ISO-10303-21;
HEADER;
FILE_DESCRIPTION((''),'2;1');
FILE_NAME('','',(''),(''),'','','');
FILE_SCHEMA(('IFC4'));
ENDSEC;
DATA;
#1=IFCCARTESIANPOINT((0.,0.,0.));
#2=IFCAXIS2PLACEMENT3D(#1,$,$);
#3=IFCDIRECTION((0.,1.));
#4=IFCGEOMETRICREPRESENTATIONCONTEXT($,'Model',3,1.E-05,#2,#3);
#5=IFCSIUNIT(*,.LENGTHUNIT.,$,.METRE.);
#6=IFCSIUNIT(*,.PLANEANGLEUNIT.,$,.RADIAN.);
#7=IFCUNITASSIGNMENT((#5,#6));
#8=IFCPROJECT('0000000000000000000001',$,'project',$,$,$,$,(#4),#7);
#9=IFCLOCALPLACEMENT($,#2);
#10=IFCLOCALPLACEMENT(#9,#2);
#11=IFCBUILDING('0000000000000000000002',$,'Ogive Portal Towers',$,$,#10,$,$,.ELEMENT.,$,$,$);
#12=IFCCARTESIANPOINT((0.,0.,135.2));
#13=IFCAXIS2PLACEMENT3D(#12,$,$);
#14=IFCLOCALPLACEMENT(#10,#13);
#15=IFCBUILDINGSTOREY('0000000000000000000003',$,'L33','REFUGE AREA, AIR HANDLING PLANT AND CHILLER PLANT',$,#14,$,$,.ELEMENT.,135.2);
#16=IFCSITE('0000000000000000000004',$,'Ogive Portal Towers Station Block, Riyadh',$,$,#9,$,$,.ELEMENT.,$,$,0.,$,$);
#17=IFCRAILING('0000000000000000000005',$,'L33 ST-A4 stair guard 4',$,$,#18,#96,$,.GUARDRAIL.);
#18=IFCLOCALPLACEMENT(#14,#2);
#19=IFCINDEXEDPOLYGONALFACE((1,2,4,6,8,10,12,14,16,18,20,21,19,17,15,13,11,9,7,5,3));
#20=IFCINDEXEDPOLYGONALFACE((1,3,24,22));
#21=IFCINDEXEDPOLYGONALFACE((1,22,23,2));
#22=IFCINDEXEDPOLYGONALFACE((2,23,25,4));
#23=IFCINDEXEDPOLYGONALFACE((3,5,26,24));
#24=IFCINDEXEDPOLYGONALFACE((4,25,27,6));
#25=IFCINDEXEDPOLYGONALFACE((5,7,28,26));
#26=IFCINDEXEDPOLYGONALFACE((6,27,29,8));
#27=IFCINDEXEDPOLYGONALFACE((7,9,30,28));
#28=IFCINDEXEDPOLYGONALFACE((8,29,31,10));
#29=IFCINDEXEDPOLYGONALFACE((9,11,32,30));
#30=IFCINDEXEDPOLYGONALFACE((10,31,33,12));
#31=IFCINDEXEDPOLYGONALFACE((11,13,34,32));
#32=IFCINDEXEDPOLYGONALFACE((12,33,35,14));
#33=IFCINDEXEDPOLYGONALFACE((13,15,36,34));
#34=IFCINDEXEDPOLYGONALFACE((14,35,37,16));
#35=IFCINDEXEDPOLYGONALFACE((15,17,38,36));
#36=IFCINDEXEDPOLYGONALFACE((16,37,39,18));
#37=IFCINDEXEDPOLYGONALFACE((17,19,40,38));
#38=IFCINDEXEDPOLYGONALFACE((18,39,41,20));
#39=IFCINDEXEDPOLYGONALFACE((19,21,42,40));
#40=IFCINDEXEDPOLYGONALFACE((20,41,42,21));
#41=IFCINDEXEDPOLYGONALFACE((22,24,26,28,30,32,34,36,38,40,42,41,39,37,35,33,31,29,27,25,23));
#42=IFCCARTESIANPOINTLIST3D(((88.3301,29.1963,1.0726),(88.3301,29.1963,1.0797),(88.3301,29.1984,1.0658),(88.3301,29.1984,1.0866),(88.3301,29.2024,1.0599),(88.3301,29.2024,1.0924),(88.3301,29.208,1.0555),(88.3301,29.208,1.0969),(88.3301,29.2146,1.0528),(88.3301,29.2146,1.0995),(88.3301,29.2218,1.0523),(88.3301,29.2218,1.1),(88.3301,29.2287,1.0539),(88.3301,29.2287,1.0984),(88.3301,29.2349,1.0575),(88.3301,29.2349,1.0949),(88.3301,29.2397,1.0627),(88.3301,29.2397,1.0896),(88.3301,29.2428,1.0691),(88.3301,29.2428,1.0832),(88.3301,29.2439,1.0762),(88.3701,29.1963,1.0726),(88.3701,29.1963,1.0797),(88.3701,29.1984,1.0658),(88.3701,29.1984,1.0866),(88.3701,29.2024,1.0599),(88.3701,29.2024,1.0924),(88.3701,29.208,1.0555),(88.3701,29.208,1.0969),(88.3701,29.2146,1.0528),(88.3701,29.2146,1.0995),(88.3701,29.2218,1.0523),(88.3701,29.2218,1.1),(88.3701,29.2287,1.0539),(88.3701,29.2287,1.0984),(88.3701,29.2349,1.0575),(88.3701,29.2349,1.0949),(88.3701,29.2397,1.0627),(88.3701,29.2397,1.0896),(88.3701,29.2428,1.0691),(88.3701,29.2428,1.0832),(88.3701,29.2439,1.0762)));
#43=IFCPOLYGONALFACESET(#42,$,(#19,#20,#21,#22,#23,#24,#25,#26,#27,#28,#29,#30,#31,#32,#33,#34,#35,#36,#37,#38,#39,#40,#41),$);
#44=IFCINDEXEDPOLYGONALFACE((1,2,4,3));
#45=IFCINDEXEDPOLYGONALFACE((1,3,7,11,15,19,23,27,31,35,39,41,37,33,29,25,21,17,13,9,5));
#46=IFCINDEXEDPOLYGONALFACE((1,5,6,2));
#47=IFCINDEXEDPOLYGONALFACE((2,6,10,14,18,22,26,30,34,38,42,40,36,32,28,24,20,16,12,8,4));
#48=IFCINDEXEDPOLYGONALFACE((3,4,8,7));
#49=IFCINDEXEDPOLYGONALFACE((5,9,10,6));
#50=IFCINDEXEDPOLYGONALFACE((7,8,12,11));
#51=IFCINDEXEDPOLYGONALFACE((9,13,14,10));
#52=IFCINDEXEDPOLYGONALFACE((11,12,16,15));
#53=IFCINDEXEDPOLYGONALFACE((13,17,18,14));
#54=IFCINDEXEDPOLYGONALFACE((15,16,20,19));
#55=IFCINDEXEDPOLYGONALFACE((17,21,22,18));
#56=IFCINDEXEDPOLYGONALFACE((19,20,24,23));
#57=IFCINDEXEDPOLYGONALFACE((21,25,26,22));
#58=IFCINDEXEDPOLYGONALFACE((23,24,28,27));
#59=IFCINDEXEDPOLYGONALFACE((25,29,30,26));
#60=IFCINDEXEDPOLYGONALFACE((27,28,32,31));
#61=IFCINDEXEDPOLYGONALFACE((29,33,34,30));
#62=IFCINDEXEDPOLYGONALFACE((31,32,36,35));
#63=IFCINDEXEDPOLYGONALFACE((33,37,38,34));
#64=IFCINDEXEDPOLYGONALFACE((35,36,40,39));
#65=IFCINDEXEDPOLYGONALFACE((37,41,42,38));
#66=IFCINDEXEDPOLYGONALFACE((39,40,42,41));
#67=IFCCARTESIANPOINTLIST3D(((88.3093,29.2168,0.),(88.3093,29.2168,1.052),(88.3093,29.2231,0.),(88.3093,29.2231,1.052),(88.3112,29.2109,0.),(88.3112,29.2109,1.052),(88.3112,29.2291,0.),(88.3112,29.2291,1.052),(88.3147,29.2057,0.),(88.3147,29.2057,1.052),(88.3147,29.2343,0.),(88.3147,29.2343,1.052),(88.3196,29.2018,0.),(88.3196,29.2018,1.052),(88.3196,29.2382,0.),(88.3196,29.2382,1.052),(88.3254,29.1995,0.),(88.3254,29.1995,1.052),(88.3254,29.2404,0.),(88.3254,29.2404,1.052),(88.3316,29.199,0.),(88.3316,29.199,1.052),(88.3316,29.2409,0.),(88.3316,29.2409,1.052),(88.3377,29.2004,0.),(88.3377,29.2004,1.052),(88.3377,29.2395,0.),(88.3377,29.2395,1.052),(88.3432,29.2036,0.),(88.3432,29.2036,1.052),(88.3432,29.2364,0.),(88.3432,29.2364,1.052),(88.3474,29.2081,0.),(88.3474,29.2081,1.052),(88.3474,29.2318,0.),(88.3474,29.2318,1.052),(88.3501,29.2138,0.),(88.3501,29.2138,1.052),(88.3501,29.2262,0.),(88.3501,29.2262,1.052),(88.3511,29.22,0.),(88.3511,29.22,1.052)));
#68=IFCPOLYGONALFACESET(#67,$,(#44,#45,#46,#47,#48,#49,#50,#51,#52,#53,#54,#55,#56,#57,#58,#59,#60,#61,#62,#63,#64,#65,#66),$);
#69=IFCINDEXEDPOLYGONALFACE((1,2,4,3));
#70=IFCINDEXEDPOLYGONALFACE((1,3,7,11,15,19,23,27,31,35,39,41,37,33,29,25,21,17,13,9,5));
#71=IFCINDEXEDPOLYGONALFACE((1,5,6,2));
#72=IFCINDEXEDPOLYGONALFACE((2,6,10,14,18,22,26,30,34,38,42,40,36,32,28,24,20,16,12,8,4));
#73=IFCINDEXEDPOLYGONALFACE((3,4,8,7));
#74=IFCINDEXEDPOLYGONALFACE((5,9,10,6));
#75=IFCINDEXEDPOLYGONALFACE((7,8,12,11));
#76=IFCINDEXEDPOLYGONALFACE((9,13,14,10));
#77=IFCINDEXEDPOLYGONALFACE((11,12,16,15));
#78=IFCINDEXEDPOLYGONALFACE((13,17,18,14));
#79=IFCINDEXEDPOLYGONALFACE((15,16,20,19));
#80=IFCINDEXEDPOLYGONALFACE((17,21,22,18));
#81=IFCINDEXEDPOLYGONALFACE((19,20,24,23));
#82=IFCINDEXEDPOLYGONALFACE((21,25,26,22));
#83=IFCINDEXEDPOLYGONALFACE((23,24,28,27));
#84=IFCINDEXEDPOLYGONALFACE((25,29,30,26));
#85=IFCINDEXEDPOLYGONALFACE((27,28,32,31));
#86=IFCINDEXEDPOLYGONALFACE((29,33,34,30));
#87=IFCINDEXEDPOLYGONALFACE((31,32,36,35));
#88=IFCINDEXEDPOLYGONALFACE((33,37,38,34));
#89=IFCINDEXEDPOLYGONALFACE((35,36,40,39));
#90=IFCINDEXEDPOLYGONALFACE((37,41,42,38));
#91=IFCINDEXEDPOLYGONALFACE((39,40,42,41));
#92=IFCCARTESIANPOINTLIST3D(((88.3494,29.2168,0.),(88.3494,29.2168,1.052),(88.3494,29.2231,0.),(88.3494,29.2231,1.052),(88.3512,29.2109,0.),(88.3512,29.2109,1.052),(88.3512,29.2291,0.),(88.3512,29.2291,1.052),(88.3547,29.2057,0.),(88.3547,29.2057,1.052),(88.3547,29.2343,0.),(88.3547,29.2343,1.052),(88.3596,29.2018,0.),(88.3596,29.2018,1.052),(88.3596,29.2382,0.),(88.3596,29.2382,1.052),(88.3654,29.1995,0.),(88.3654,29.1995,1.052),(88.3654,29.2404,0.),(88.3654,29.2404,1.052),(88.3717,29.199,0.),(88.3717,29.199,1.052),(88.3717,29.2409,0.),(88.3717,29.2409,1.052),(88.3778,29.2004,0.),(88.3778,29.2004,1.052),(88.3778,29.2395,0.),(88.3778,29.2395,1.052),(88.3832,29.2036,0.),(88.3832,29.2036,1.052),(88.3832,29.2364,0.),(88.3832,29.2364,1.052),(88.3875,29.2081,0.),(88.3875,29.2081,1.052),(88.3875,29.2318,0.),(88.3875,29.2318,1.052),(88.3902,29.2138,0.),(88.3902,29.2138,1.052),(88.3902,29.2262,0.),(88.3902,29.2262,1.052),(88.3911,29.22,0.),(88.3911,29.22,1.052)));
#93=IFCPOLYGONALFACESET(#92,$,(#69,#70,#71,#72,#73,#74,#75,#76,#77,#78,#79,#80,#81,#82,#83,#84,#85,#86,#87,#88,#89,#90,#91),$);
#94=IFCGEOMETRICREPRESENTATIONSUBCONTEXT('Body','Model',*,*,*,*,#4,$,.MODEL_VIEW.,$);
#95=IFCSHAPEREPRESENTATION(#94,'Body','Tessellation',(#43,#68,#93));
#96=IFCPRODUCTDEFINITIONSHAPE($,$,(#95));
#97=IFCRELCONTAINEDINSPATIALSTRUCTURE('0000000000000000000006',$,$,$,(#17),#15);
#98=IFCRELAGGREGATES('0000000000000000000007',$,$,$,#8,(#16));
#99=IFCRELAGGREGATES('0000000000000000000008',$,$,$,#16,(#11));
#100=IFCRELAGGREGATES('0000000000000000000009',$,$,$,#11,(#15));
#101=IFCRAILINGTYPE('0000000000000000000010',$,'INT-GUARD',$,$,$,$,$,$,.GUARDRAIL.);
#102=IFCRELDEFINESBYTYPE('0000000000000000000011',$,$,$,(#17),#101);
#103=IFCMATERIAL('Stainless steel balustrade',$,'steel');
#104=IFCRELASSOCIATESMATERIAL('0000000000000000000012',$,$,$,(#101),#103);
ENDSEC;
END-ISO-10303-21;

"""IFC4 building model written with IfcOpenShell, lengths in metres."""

from ifc_helpers import new_model, si_unit, direction, frame, origin, origin_2d, place, context, subcontext, project, spatial, circle, extrude, material, type_object, element, save


model = new_model("IFC4")

# Units and contexts
model_context = context("Model", 3, precision=1e-05, world=origin(), true_north=direction((0.0, 1.0)))
body_context = subcontext(model_context, "Body", "Model", "MODEL_VIEW")
ifc_project = project(units=[si_unit("LENGTHUNIT", "METRE"), si_unit("PLANEANGLEUNIT", "RADIAN")], contexts=[model_context])

# Site, building, storey
site_placement = place(None, origin())
site = spatial("IfcSite", under=ifc_project, at=site_placement, Name="Ogive Portal Towers Station Block, Riyadh", CompositionType="ELEMENT", RefElevation=0.0)
building_placement = place(site_placement, origin())
building = spatial("IfcBuilding", under=site, at=building_placement, Name="Ogive Portal Towers", CompositionType="ELEMENT")
storey_placement = place(building_placement, frame((0.0, 0.0, 135.2)))
storey = spatial("IfcBuildingStorey", under=building, at=storey_placement, Name="L33", Description="REFUGE AREA, AIR HANDLING PLANT AND CHILLER PLANT", CompositionType="ELEMENT", Elevation=135.2)

# Railing
ifc_material_1 = material(Name="Stainless steel balustrade", Category="steel")
railing_type_1 = type_object("IfcRailingType", Name="INT-GUARD", PredefinedType="GUARDRAIL", material=ifc_material_1)
railing_1_placement = place(storey_placement, frame((88.3301, 29.22, 0.0)))
element("IfcRailing", 1, at=railing_1_placement, inside=storey, type_object=railing_type_1, Name="L33 ST-A4 stair guard 4", PredefinedType="GUARDRAIL", context=body_context, shape_type="SweptSolid", body=[
    extrude(circle(Radius=0.0239, at=origin_2d()), frame((0.0, 0.0, 1.0762), z_axis=(1.0, 0.0, 0.0), x_axis=(0.0, 1.0, 0.0)), (0.0, 0.0, 1.0), 0.04),
    extrude(circle(Radius=0.021, at=origin_2d()), origin(), (0.0, 0.0, 1.0), 1.052),
    extrude(circle(Radius=0.021, at=origin_2d()), frame((0.04, 0.0, 0.0)), (0.0, 0.0, 1.0), 1.052),
])

save(model, "model.ifc")
